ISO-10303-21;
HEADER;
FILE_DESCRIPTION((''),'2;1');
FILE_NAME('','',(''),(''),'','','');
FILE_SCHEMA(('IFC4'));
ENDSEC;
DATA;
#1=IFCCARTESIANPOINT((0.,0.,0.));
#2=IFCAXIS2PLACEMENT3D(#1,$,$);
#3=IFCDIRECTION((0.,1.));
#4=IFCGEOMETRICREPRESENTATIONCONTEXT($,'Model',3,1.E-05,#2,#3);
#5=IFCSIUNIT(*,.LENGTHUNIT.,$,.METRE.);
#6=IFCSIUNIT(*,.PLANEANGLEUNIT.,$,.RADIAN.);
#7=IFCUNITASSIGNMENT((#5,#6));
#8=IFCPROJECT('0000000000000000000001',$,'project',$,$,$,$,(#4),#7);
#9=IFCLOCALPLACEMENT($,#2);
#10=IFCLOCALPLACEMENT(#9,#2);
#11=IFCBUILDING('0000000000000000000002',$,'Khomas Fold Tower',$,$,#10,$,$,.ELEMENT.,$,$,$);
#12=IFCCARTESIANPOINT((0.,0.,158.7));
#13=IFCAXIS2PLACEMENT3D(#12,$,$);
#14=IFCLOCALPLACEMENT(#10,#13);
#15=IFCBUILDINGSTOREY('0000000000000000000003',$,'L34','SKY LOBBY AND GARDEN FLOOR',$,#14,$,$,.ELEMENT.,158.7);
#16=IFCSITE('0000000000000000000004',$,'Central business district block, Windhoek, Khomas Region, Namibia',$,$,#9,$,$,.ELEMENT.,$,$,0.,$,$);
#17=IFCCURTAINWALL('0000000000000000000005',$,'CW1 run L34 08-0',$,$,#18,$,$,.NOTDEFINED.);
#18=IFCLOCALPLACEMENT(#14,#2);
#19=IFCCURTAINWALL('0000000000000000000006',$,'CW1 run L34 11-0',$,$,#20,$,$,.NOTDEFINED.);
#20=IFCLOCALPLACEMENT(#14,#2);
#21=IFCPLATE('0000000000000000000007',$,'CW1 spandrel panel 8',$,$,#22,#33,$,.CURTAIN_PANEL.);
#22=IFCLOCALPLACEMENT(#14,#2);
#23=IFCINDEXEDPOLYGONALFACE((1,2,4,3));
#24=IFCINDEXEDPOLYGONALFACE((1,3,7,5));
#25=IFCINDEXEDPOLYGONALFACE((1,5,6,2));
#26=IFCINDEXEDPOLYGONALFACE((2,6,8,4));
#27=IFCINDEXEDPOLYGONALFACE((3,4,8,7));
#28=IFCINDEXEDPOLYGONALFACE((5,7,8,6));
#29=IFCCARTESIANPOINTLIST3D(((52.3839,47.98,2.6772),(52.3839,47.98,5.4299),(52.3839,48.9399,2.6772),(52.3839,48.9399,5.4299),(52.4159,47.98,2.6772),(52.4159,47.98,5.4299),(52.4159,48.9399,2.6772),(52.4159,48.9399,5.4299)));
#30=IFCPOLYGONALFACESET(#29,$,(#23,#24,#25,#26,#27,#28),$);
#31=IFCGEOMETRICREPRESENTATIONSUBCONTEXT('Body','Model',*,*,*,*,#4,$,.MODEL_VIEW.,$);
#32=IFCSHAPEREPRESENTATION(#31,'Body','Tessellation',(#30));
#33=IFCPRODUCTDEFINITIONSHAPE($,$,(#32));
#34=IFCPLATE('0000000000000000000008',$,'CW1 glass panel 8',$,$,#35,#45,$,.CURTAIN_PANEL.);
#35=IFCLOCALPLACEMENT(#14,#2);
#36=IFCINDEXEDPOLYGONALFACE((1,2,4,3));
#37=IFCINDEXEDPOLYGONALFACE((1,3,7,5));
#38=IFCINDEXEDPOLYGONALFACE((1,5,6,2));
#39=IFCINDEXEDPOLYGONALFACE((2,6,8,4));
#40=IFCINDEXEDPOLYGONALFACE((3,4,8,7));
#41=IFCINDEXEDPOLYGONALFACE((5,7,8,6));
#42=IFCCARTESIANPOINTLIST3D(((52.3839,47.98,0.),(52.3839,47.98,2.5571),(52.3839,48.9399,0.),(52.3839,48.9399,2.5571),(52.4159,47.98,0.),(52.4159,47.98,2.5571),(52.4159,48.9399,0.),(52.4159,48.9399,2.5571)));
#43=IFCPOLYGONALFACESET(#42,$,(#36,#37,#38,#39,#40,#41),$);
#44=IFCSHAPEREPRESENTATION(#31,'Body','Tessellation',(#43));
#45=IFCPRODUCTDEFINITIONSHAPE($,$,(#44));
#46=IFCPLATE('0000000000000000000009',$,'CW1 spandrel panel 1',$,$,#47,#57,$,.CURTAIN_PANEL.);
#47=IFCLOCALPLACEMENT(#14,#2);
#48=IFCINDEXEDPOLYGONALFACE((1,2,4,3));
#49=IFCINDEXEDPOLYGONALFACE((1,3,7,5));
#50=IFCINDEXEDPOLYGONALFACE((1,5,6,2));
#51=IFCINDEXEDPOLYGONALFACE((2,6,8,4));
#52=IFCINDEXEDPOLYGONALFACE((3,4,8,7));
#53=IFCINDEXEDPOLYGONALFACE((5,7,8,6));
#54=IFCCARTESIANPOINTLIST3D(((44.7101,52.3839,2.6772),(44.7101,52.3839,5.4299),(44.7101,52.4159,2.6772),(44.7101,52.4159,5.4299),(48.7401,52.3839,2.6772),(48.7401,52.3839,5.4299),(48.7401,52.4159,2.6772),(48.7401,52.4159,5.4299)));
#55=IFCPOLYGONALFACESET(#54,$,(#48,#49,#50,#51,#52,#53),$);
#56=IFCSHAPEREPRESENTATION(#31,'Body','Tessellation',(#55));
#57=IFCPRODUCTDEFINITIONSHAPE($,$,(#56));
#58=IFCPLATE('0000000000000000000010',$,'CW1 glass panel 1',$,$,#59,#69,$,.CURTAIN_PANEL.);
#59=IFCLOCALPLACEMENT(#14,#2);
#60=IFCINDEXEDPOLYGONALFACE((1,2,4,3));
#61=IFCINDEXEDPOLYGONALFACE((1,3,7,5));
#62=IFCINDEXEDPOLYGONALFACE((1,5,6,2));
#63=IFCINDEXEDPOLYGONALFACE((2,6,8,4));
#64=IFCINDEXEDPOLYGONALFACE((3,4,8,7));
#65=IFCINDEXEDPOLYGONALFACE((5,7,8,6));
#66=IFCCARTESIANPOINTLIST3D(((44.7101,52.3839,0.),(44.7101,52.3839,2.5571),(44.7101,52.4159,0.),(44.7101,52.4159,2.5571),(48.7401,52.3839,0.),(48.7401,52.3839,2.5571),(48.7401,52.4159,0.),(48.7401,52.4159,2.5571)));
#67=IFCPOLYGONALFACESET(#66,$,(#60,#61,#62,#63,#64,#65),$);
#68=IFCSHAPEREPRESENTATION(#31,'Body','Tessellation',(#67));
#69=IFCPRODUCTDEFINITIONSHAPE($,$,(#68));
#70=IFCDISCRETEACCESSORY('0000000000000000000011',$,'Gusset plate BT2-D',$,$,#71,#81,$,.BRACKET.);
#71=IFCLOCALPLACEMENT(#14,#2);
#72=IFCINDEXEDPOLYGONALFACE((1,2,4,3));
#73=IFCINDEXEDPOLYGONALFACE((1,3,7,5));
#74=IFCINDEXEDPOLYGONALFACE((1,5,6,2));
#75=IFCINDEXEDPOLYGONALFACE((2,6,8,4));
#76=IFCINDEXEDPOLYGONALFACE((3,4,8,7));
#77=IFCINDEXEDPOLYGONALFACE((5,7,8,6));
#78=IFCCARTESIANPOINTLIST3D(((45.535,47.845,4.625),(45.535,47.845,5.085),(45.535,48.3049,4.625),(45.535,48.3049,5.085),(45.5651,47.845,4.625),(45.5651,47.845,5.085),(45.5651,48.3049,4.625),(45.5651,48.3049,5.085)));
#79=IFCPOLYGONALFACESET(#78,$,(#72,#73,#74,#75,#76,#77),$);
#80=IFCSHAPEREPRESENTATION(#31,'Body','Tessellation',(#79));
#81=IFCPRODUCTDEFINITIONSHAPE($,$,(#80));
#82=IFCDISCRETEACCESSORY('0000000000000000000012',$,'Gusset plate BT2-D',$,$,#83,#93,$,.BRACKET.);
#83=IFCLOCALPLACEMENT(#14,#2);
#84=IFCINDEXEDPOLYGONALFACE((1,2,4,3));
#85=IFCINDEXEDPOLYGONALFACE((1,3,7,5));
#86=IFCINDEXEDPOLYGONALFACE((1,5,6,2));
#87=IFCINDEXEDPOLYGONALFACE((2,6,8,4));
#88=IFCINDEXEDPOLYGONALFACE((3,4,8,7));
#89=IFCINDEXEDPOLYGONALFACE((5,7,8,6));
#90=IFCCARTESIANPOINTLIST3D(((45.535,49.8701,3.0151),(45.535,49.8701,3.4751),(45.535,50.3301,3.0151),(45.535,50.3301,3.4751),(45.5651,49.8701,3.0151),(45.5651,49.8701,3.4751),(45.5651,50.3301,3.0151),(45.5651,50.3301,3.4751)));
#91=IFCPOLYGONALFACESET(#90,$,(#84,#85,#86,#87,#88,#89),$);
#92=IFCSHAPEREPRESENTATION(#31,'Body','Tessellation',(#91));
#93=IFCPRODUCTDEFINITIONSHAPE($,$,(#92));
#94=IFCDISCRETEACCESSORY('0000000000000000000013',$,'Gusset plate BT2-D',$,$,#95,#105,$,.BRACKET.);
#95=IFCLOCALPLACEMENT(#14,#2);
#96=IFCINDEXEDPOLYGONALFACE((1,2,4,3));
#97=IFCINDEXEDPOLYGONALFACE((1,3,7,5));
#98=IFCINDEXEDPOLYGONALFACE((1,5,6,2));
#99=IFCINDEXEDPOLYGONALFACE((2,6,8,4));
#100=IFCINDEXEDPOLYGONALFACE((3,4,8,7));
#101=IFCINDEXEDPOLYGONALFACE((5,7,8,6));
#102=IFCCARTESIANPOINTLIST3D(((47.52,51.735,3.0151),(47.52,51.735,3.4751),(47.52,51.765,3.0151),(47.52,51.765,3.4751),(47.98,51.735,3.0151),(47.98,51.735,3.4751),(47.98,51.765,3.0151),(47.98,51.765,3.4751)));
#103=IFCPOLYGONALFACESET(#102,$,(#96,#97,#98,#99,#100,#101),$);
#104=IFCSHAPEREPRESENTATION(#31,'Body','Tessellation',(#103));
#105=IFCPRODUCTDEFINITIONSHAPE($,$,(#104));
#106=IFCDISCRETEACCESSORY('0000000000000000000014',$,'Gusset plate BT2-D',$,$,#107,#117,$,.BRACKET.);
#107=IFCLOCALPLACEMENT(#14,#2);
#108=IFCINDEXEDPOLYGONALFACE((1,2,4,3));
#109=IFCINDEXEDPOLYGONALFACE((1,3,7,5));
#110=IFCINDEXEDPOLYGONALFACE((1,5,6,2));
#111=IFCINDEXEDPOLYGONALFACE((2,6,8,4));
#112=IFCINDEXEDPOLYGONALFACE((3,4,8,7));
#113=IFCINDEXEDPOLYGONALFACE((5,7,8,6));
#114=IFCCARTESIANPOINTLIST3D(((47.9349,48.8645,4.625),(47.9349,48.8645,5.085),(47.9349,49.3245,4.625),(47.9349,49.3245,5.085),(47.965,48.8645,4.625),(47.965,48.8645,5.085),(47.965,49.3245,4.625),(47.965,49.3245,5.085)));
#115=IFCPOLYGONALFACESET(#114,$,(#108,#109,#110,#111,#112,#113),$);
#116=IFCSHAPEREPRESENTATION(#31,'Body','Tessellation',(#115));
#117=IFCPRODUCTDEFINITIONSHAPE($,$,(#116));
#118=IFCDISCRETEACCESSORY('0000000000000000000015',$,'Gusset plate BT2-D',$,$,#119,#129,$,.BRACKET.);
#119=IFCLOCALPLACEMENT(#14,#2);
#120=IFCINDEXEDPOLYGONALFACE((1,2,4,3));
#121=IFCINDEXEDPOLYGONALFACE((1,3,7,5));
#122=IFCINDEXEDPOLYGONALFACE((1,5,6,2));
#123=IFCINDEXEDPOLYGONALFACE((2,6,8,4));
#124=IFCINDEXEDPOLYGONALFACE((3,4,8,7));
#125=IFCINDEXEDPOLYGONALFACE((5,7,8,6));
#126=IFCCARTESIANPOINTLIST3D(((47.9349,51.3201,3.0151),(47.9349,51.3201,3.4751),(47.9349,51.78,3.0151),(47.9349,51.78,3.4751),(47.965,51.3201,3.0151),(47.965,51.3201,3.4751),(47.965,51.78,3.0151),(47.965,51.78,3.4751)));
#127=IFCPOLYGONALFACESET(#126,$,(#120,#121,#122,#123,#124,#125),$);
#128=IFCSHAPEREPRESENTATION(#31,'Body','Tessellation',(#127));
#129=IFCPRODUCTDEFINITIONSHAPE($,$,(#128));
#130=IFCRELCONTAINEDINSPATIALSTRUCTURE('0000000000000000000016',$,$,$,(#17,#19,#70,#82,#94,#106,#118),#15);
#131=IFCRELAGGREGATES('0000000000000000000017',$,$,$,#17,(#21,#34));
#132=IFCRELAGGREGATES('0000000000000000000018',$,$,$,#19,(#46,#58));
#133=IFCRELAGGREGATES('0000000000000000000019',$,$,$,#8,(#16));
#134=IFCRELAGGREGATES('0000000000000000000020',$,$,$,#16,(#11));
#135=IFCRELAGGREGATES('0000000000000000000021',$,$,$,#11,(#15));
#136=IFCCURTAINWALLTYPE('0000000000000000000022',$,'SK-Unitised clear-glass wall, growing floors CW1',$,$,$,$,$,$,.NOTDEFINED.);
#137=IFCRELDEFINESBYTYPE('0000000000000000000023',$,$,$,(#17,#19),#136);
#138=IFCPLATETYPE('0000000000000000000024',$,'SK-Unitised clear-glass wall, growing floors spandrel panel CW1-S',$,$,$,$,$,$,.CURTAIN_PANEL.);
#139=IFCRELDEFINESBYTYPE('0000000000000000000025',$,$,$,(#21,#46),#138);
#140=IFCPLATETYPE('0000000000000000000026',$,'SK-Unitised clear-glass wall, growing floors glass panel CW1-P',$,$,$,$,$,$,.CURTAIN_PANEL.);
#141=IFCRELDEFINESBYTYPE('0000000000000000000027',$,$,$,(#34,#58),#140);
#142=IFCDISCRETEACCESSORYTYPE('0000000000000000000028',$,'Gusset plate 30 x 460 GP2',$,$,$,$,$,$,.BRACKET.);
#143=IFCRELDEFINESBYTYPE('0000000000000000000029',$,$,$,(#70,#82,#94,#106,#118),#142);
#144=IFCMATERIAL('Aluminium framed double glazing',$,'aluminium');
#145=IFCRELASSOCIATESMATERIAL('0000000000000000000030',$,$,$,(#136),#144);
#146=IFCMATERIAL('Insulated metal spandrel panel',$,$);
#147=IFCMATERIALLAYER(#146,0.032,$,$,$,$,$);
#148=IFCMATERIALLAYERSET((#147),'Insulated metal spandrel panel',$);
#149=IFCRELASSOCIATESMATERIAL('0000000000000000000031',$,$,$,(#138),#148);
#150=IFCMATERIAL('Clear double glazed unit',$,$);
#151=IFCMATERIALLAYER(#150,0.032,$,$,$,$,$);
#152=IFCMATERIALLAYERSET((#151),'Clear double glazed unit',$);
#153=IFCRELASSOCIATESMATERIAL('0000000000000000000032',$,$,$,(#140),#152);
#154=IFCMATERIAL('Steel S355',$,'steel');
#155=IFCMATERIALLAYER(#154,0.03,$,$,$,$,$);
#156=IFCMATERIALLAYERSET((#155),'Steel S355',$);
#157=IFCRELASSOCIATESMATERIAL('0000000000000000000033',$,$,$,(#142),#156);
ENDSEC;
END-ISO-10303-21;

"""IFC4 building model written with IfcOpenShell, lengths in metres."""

from ifc_helpers import new_model, si_unit, direction, frame, origin, origin_2d, place, context, subcontext, project, spatial, rectangle, extrude, source, transform, mapped, material, layer, layer_set, type_object, element, aggregate, save


model = new_model("IFC4")

# Units and contexts
model_context = context("Model", 3, precision=1e-05, world=origin(), true_north=direction((0.0, 1.0)))
body_context = subcontext(model_context, "Body", "Model", "MODEL_VIEW")
ifc_project = project(units=[si_unit("LENGTHUNIT", "METRE"), si_unit("PLANEANGLEUNIT", "RADIAN")], contexts=[model_context])

# Site, building, storey
site_placement = place(None, origin())
site = spatial("IfcSite", under=ifc_project, at=site_placement, Name="Central business district block, Windhoek, Khomas Region, Namibia", CompositionType="ELEMENT", RefElevation=0.0)
building_placement = place(site_placement, origin())
building = spatial("IfcBuilding", under=site, at=building_placement, Name="Khomas Fold Tower", CompositionType="ELEMENT")
storey_placement = place(building_placement, frame((0.0, 0.0, 158.7)))
storey = spatial("IfcBuildingStorey", under=building, at=storey_placement, Name="L34", Description="SKY LOBBY AND GARDEN FLOOR", CompositionType="ELEMENT", Elevation=158.7)

# Curtain wall
ifc_material_1 = material(Name="Aluminium framed double glazing", Category="aluminium")
curtain_wall_type = type_object("IfcCurtainWallType", Name="SK-Unitised clear-glass wall, growing floors CW1", PredefinedType="NOTDEFINED", material=ifc_material_1)
curtain_wall_1_placement = place(storey_placement, origin())
curtain_wall_1 = element("IfcCurtainWall", 1, at=curtain_wall_1_placement, inside=storey, type_object=curtain_wall_type, Name="CW1 run L34 08-0", PredefinedType="NOTDEFINED")

# Curtain wall
curtain_wall_2_placement = place(storey_placement, origin())
curtain_wall_2 = element("IfcCurtainWall", 2, at=curtain_wall_2_placement, inside=storey, type_object=curtain_wall_type, Name="CW1 run L34 11-0", PredefinedType="NOTDEFINED")

# Plates
ifc_material_2 = material(Name="Insulated metal spandrel panel")
ifc_layer_1 = layer(ifc_material_2, 0.032)
ifc_layer_set_1 = layer_set([ifc_layer_1], Name="Insulated metal spandrel panel")
plate_type_1 = type_object("IfcPlateType", Name="SK-Unitised clear-glass wall, growing floors spandrel panel CW1-S", PredefinedType="CURTAIN_PANEL", material=ifc_layer_set_1)
ifc_material_3 = material(Name="Clear double glazed unit")
ifc_layer_2 = layer(ifc_material_3, 0.032)
ifc_layer_set_2 = layer_set([ifc_layer_2], Name="Clear double glazed unit")
plate_type_2 = type_object("IfcPlateType", Name="SK-Unitised clear-glass wall, growing floors glass panel CW1-P", PredefinedType="CURTAIN_PANEL", material=ifc_layer_set_2)
shared_shape_1 = source(origin(), body_context, "Body", "SweptSolid", [
    extrude(rectangle(XDim=0.96, YDim=0.032, at=origin_2d()), origin(), (0.0, 0.0, 1.0), 2.7527),
])
plate_1_placement = place(storey_placement, frame((52.3999, 48.46, 2.6772), z_axis=(0.0, 0.0, 1.0), x_axis=(0.0, 1.0, 0.0)))
plate_1 = element("IfcPlate", 3, at=plate_1_placement, type_object=plate_type_1, Name="CW1 spandrel panel 8", PredefinedType="CURTAIN_PANEL", context=body_context, shape_type="MappedRepresentation", body=[
    mapped(shared_shape_1, transform((0.0, 0.0, 0.0))),
])
shared_shape_2 = source(origin(), body_context, "Body", "SweptSolid", [
    extrude(rectangle(XDim=0.96, YDim=0.032, at=origin_2d()), origin(), (0.0, 0.0, 1.0), 2.5571),
])
plate_2_placement = place(storey_placement, frame((52.3999, 48.46, 0.0), z_axis=(0.0, 0.0, 1.0), x_axis=(0.0, 1.0, 0.0)))
plate_2 = element("IfcPlate", 4, at=plate_2_placement, type_object=plate_type_2, Name="CW1 glass panel 8", PredefinedType="CURTAIN_PANEL", context=body_context, shape_type="MappedRepresentation", body=[
    mapped(shared_shape_2, transform((0.0, 0.0, 0.0))),
])
aggregate(curtain_wall_1, [plate_1, plate_2])
shared_shape_3 = source(origin(), body_context, "Body", "SweptSolid", [
    extrude(rectangle(XDim=4.03, YDim=0.032, at=origin_2d()), origin(), (0.0, 0.0, 1.0), 2.7527),
])
plate_3_placement = place(storey_placement, frame((46.7251, 52.3999, 2.6772), z_axis=(0.0, 0.0, 1.0), x_axis=(-1.0, 0.0, 0.0)))
plate_3 = element("IfcPlate", 5, at=plate_3_placement, type_object=plate_type_1, Name="CW1 spandrel panel 1", PredefinedType="CURTAIN_PANEL", context=body_context, shape_type="MappedRepresentation", body=[
    mapped(shared_shape_3, transform((0.0, 0.0, 0.0))),
])
shared_shape_4 = source(origin(), body_context, "Body", "SweptSolid", [
    extrude(rectangle(XDim=4.03, YDim=0.032, at=origin_2d()), origin(), (0.0, 0.0, 1.0), 2.5571),
])
plate_4_placement = place(storey_placement, frame((46.7251, 52.3999, 0.0), z_axis=(0.0, 0.0, 1.0), x_axis=(-1.0, 0.0, 0.0)))
plate_4 = element("IfcPlate", 6, at=plate_4_placement, type_object=plate_type_2, Name="CW1 glass panel 1", PredefinedType="CURTAIN_PANEL", context=body_context, shape_type="MappedRepresentation", body=[
    mapped(shared_shape_4, transform((0.0, 0.0, 0.0))),
])
aggregate(curtain_wall_2, [plate_3, plate_4])

# Discrete accessories
ifc_material_4 = material(Name="Steel S355", Category="steel")
ifc_layer_3 = layer(ifc_material_4, 0.03)
ifc_layer_set_3 = layer_set([ifc_layer_3], Name="Steel S355")
discrete_accessory_type = type_object("IfcDiscreteAccessoryType", Name="Gusset plate 30 x 460 GP2", PredefinedType="BRACKET", material=ifc_layer_set_3)
shared_shape_5 = source(origin(), body_context, "Body", "SweptSolid", [
    extrude(rectangle(XDim=0.46, YDim=0.03, at=origin_2d()), origin(), (0.0, 0.0, 1.0), 0.46),
])
for number, where, z_axis, x_axis, name in (
    (7, (45.55, 48.075, 4.625), (0.0, 0.0, 1.0), (0.0, 1.0, 0.0), "Gusset plate BT2-D"),
    (8, (45.55, 50.1001, 3.0151), (0.0, 0.0, 1.0), (0.0, 1.0, 0.0), "Gusset plate BT2-D"),
    (9, (47.75, 51.75, 3.0151), (0.0, 0.0, 1.0), (1.0, 0.0, 0.0), "Gusset plate BT2-D"),
    (10, (47.95, 49.0945, 4.625), (0.0, 0.0, 1.0), (0.0, 1.0, 0.0), "Gusset plate BT2-D"),
    (11, (47.95, 51.55, 3.0151), (0.0, 0.0, 1.0), (0.0, 1.0, 0.0), "Gusset plate BT2-D"),
):
    element("IfcDiscreteAccessory", number, at=place(storey_placement, frame(where, z_axis=z_axis, x_axis=x_axis)), inside=storey, type_object=discrete_accessory_type, Name=name, PredefinedType="BRACKET", context=body_context, shape_type="MappedRepresentation", body=[
        mapped(shared_shape_5, transform((0.0, 0.0, 0.0))),
    ])

save(model, "model.ifc")
